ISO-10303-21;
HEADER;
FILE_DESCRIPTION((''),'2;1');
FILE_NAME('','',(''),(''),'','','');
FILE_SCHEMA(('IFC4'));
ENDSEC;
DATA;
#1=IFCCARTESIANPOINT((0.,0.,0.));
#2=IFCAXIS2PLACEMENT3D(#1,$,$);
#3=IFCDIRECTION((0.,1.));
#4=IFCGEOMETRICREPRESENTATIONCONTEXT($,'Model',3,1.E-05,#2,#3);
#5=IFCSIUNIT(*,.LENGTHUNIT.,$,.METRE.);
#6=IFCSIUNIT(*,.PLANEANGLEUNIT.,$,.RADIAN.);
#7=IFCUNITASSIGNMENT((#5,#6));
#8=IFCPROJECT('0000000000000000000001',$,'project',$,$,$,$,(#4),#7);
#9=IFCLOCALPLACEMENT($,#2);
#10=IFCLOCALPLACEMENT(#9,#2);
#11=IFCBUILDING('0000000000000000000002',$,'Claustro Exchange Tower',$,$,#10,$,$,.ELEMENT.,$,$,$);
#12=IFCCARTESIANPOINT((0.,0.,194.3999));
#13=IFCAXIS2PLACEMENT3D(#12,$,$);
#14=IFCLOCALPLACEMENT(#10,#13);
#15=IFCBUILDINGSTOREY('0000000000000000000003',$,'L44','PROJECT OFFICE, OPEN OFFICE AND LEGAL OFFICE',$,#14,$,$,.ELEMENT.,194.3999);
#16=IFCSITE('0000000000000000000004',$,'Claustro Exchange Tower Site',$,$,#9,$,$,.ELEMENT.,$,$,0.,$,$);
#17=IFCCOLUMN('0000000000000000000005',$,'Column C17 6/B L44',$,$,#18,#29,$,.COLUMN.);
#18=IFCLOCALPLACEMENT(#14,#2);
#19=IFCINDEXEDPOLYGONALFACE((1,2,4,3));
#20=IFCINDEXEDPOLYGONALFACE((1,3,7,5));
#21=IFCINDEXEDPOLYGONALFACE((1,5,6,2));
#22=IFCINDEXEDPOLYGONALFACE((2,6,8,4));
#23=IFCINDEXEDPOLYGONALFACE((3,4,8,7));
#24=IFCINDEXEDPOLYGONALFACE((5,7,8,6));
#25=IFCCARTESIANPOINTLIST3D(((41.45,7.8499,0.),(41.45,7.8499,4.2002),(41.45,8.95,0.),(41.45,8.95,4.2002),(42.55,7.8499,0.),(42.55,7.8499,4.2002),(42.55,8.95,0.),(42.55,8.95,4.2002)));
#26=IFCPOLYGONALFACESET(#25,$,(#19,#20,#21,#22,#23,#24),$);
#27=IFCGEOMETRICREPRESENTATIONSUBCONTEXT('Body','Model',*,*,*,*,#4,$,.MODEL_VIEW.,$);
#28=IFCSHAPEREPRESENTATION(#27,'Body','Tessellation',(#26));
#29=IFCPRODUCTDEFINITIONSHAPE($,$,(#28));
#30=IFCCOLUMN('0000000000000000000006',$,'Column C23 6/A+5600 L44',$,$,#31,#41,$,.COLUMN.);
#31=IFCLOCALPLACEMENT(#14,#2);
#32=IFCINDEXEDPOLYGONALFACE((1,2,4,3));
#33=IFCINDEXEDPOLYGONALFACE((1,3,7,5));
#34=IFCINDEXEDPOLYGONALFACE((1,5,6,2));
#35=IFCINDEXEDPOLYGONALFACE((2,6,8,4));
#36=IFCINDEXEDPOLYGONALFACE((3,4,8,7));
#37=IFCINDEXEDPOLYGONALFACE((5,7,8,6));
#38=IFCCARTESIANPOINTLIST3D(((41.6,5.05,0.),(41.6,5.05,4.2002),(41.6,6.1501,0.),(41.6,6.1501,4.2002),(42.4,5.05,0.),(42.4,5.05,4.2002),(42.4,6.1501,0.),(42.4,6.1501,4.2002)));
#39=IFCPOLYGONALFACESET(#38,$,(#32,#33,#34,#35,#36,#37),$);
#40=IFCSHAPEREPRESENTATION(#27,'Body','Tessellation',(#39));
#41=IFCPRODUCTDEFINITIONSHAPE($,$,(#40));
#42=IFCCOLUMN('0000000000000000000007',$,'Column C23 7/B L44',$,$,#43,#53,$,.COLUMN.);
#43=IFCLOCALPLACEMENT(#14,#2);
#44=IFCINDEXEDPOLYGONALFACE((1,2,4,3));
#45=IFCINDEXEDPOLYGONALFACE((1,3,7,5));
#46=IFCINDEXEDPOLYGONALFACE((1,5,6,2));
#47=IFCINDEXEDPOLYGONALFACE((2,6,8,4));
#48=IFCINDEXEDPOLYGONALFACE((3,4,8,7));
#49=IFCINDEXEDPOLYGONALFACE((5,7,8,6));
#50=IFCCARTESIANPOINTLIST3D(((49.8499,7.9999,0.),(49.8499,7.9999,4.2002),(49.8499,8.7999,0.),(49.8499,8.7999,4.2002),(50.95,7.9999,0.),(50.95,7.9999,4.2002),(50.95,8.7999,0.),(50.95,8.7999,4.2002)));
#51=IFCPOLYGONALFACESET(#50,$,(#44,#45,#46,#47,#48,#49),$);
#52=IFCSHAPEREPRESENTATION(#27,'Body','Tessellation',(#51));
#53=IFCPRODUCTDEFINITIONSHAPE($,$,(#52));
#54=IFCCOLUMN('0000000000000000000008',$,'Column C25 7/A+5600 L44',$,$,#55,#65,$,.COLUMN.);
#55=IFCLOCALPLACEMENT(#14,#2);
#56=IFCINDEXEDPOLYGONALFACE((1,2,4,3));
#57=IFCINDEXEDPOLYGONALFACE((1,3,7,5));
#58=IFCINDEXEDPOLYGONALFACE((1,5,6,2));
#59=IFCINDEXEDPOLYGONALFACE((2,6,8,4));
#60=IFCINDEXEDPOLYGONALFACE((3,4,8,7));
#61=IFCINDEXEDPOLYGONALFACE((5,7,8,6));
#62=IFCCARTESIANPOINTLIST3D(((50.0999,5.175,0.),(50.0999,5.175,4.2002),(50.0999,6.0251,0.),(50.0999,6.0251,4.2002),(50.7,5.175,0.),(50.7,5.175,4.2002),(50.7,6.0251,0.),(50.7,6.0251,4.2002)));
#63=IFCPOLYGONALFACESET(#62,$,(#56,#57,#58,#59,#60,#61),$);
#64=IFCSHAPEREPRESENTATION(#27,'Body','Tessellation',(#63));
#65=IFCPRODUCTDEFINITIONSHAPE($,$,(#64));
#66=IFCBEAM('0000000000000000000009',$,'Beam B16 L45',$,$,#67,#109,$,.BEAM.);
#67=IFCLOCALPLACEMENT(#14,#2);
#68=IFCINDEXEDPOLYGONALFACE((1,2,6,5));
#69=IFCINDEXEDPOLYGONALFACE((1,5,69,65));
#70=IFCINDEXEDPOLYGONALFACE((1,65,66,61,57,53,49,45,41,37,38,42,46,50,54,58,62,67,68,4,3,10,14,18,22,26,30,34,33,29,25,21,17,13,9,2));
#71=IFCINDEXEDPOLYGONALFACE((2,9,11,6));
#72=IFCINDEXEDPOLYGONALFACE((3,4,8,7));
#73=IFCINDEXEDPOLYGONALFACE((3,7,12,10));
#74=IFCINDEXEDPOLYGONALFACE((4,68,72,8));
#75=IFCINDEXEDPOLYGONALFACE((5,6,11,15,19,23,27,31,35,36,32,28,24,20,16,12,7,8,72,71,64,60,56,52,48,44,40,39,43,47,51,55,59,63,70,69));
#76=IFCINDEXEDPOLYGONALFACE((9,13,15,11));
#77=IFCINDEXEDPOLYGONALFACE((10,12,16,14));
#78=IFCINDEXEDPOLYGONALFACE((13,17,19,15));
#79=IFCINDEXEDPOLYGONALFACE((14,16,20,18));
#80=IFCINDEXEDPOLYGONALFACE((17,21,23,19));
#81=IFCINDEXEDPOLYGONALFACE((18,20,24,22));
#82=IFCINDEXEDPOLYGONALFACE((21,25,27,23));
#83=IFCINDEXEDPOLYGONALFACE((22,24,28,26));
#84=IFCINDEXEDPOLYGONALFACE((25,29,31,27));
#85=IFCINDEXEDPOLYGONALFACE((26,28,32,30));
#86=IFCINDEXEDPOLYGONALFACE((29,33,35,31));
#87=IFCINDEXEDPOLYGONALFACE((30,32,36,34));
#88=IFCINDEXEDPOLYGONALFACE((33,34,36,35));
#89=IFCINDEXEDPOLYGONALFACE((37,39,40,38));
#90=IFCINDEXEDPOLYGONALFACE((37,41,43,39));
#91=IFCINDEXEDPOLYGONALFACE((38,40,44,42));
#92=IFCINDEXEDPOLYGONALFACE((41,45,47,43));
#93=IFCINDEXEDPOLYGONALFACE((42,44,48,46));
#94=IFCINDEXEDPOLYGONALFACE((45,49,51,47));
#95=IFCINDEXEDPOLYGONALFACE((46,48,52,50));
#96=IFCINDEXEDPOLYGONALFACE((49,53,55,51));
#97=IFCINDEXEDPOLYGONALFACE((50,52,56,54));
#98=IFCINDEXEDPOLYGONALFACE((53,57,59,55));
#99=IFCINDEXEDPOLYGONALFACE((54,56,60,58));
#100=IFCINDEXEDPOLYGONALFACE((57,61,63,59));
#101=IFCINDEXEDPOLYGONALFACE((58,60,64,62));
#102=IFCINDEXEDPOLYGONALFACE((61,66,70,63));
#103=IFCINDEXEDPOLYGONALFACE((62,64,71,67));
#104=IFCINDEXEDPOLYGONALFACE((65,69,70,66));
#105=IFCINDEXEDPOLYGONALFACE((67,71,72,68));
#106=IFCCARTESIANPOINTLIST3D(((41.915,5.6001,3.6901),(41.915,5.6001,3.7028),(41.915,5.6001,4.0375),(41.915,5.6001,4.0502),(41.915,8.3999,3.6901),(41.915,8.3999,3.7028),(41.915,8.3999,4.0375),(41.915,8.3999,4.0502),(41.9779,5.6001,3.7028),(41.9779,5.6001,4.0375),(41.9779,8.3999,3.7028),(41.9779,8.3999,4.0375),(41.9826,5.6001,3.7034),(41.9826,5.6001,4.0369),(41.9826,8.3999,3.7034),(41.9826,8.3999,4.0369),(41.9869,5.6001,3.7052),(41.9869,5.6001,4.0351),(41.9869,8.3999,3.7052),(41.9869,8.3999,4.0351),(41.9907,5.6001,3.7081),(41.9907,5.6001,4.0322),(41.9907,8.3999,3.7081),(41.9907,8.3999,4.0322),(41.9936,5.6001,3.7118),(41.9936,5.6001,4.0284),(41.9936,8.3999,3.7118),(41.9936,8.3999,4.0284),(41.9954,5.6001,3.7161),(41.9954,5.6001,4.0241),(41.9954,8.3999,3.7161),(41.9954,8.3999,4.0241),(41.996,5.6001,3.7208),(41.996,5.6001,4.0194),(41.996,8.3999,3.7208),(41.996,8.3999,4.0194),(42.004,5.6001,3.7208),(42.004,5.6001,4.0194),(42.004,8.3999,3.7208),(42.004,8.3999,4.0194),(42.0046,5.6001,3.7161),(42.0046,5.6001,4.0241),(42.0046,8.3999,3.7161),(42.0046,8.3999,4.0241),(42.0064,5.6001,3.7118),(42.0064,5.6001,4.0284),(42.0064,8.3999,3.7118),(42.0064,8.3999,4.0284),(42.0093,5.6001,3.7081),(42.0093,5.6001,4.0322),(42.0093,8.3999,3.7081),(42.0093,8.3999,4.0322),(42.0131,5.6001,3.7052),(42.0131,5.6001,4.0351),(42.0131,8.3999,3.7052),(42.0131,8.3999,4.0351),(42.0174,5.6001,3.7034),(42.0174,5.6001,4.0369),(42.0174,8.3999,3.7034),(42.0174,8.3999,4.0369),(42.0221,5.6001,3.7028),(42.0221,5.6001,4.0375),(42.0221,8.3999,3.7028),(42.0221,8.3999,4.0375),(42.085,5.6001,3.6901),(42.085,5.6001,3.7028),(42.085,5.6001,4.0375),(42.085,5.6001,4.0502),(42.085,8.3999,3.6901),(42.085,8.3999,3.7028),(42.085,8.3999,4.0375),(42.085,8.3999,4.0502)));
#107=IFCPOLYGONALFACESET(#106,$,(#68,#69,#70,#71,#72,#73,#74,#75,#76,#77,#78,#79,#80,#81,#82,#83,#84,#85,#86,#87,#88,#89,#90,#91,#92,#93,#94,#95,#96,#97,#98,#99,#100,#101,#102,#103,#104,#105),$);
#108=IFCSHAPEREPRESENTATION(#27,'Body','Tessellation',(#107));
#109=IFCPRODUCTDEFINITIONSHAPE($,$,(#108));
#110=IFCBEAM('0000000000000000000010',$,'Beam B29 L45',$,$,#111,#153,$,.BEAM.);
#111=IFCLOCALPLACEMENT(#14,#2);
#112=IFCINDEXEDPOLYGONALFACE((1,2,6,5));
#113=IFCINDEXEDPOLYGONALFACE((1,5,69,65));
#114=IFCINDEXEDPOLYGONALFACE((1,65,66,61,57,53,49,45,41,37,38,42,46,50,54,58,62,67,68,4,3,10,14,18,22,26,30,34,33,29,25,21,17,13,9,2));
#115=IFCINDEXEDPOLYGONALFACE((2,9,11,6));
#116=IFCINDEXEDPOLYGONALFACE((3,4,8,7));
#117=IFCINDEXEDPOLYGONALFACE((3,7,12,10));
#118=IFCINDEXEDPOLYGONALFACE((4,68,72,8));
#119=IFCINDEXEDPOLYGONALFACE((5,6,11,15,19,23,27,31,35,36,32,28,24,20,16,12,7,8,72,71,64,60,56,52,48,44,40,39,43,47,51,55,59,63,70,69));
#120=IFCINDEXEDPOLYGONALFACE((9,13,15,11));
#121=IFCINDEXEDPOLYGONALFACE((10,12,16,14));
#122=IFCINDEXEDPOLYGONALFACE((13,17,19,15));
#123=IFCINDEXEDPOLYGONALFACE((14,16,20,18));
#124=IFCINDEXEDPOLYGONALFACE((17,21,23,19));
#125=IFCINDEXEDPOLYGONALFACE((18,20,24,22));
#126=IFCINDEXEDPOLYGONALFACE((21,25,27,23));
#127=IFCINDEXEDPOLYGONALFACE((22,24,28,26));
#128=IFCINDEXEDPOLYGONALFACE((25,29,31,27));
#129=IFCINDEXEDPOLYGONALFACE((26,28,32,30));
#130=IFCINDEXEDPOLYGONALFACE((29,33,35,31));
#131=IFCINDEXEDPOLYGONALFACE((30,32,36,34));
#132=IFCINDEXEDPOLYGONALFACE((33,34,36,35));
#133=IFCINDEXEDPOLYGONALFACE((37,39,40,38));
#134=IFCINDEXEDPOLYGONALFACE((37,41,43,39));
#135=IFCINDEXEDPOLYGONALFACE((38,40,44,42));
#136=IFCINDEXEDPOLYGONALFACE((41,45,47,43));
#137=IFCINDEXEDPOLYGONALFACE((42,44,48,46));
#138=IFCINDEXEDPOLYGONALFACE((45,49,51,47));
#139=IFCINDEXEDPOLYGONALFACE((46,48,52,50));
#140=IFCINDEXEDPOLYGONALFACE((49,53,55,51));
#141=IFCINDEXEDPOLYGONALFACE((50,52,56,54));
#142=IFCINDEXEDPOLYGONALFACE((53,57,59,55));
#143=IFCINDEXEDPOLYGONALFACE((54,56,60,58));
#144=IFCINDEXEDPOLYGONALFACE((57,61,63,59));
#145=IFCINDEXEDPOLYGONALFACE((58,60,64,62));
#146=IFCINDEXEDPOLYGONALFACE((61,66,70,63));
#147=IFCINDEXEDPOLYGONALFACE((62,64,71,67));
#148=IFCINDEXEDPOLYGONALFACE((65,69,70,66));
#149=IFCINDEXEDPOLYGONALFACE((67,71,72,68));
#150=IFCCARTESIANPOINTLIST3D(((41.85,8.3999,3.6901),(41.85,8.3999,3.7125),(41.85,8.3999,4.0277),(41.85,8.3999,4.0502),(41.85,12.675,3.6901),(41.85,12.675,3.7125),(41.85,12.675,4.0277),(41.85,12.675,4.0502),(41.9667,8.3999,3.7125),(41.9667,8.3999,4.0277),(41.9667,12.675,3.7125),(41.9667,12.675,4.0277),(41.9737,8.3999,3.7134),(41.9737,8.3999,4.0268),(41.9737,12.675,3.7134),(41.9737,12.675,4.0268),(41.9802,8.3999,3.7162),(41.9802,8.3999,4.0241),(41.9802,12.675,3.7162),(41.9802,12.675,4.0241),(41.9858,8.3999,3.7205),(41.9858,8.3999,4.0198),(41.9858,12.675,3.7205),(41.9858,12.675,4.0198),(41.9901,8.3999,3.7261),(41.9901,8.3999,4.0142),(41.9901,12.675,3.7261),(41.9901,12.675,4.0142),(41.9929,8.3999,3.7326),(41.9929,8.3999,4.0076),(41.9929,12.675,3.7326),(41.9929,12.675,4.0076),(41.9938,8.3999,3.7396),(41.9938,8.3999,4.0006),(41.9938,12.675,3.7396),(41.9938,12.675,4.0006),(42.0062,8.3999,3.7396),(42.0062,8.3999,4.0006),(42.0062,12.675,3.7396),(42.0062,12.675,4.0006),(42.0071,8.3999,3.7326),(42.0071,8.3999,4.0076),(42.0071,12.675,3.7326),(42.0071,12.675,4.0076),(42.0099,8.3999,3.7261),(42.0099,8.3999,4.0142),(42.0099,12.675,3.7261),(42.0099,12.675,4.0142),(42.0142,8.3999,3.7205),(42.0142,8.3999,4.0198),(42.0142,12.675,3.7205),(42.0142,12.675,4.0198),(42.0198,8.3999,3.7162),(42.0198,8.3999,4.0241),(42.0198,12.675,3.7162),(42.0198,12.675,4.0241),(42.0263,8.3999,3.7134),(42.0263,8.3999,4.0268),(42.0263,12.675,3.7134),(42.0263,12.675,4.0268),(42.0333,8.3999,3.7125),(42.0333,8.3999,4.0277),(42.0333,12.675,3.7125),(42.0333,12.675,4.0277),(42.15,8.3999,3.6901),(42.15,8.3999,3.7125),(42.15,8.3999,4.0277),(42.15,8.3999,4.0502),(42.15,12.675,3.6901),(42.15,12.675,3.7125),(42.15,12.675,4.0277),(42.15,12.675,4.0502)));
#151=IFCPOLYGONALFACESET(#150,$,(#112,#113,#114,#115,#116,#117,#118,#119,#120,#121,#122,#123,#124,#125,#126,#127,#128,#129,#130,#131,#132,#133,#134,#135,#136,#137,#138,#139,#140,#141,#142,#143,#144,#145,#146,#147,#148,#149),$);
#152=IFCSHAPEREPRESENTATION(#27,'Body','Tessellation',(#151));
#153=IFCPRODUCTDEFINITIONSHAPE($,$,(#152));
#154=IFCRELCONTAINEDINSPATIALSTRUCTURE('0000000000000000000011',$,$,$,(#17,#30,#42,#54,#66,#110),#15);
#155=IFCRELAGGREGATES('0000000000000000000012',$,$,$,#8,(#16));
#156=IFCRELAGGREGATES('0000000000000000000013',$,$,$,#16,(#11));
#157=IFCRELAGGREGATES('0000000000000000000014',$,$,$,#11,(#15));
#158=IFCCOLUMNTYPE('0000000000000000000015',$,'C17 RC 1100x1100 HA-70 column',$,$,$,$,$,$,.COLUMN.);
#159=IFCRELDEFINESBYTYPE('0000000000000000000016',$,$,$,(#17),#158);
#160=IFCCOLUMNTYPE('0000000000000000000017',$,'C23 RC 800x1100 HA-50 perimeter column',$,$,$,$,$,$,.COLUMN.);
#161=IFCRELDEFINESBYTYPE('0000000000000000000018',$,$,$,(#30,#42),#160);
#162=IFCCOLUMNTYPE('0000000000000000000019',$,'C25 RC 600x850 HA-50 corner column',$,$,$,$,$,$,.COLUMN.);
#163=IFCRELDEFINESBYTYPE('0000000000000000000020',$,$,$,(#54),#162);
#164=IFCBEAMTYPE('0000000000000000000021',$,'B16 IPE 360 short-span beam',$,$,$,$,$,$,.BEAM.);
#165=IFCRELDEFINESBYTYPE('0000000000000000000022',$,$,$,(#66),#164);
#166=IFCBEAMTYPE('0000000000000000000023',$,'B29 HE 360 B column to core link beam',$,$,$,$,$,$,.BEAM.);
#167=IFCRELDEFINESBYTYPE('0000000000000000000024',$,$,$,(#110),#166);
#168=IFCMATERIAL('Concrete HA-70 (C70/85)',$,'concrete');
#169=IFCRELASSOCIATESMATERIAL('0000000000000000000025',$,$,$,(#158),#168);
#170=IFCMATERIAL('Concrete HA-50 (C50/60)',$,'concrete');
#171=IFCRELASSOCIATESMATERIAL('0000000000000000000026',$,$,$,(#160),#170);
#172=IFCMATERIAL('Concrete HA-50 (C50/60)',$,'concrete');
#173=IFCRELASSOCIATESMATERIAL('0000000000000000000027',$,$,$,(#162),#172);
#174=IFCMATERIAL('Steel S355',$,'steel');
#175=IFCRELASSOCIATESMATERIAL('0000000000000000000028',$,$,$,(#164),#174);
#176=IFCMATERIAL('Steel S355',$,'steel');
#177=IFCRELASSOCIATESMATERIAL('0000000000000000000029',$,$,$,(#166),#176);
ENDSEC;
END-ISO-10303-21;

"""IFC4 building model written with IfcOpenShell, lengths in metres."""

from ifc_helpers import new_model, si_unit, direction, frame, origin, origin_2d, place, context, subcontext, project, spatial, rectangle, i_section, extrude, material, material_profile, profile_set, type_object, element, save


model = new_model("IFC4")

# Units and contexts
model_context = context("Model", 3, precision=1e-05, world=origin(), true_north=direction((0.0, 1.0)))
body_context = subcontext(model_context, "Body", "Model", "MODEL_VIEW")
ifc_project = project(units=[si_unit("LENGTHUNIT", "METRE"), si_unit("PLANEANGLEUNIT", "RADIAN")], contexts=[model_context])

# Site, building, storey
site_placement = place(None, origin())
site = spatial("IfcSite", under=ifc_project, at=site_placement, Name="Claustro Exchange Tower Site", CompositionType="ELEMENT", RefElevation=0.0)
building_placement = place(site_placement, origin())
building = spatial("IfcBuilding", under=site, at=building_placement, Name="Claustro Exchange Tower", CompositionType="ELEMENT")
storey_placement = place(building_placement, frame((0.0, 0.0, 194.3999)))
storey = spatial("IfcBuildingStorey", under=building, at=storey_placement, Name="L44", Description="PROJECT OFFICE, OPEN OFFICE AND LEGAL OFFICE", CompositionType="ELEMENT", Elevation=194.3999)

# Columns
ifc_material_1 = material(Name="Concrete HA-70 (C70/85)", Category="concrete")
ifc_material_profile_1 = material_profile(ifc_material_1, rectangle(XDim=1.1001, YDim=1.1001, at=origin_2d()), Name="RC 1100x1100")
ifc_profile_set_1 = profile_set([ifc_material_profile_1], Name="Concrete HA-70 (C70/85)")
column_type_1 = type_object("IfcColumnType", Name="C17 RC 1100x1100 HA-70 column", PredefinedType="COLUMN", material=ifc_profile_set_1)
column_1_placement = place(storey_placement, frame((42.0, 8.3999, 0.0), z_axis=(0.0, 0.0, 1.0), x_axis=(1.0, 0.0, 0.0)))
element("IfcColumn", 1, at=column_1_placement, inside=storey, type_object=column_type_1, Name="Column C17 6/B L44", PredefinedType="COLUMN", context=body_context, shape_type="SweptSolid", body=[
    extrude(rectangle(XDim=1.1001, YDim=1.1001, at=origin_2d()), origin(), (0.0, 0.0, 1.0), 4.2002),
])
ifc_material_2 = material(Name="Concrete HA-50 (C50/60)", Category="concrete")
ifc_material_profile_2 = material_profile(ifc_material_2, rectangle(XDim=0.8, YDim=1.1001, at=origin_2d()), Name="RC 800x1100")
ifc_profile_set_2 = profile_set([ifc_material_profile_2], Name="Concrete HA-50 (C50/60)")
column_type_2 = type_object("IfcColumnType", Name="C23 RC 800x1100 HA-50 perimeter column", PredefinedType="COLUMN", material=ifc_profile_set_2)
for number, where, z_axis, x_axis, name in (
    (2, (42.0, 5.6001, 0.0), (0.0, 0.0, 1.0), (1.0, 0.0, 0.0), "Column C23 6/A+5600 L44"),
    (3, (50.3999, 8.3999, 0.0), (0.0, 0.0, 1.0), (0.0, 1.0, 0.0), "Column C23 7/B L44"),
):
    element("IfcColumn", number, at=place(storey_placement, frame(where, z_axis=z_axis, x_axis=x_axis)), inside=storey, type_object=column_type_2, Name=name, PredefinedType="COLUMN", context=body_context, shape_type="SweptSolid", body=[
        extrude(rectangle(XDim=0.8, YDim=1.1001, at=origin_2d()), origin(), (0.0, 0.0, 1.0), 4.2002),
    ])
ifc_material_3 = material(Name="Concrete HA-50 (C50/60)", Category="concrete")
ifc_material_profile_3 = material_profile(ifc_material_3, rectangle(XDim=0.6001, YDim=0.8501, at=origin_2d()), Name="RC 600x850")
ifc_profile_set_3 = profile_set([ifc_material_profile_3], Name="Concrete HA-50 (C50/60)")
column_type_3 = type_object("IfcColumnType", Name="C25 RC 600x850 HA-50 corner column", PredefinedType="COLUMN", material=ifc_profile_set_3)
column_2_placement = place(storey_placement, frame((50.3999, 5.6001, 0.0), z_axis=(0.0, 0.0, 1.0), x_axis=(1.0, 0.0, 0.0)))
element("IfcColumn", 4, at=column_2_placement, inside=storey, type_object=column_type_3, Name="Column C25 7/A+5600 L44", PredefinedType="COLUMN", context=body_context, shape_type="SweptSolid", body=[
    extrude(rectangle(XDim=0.6001, YDim=0.8501, at=origin_2d()), origin(), (0.0, 0.0, 1.0), 4.2002),
])

# Beams
ifc_material_4 = material(Name="Steel S355", Category="steel")
ifc_material_profile_4 = material_profile(ifc_material_4, i_section(OverallWidth=0.1699, OverallDepth=0.3601, WebThickness=0.0081, FlangeThickness=0.0127, FilletRadius=0.0181, at=origin_2d()), Name="IPE 360")
ifc_profile_set_4 = profile_set([ifc_material_profile_4], Name="Steel S355")
beam_type_1 = type_object("IfcBeamType", Name="B16 IPE 360 short-span beam", PredefinedType="BEAM", material=ifc_profile_set_4)
beam_1_placement = place(storey_placement, frame((42.0, 5.6001, 3.8701), z_axis=(0.0, 1.0, 0.0), x_axis=(-1.0, 0.0, 0.0)))
element("IfcBeam", 5, at=beam_1_placement, inside=storey, type_object=beam_type_1, Name="Beam B16 L45", PredefinedType="BEAM", context=body_context, shape_type="SweptSolid", body=[
    extrude(i_section(OverallWidth=0.1699, OverallDepth=0.3601, WebThickness=0.0081, FlangeThickness=0.0127, FilletRadius=0.0181, at=origin_2d()), origin(), (0.0, 0.0, 1.0), 2.7998),
])
ifc_material_5 = material(Name="Steel S355", Category="steel")
ifc_material_profile_5 = material_profile(ifc_material_5, i_section(OverallWidth=0.3, OverallDepth=0.3601, WebThickness=0.0125, FlangeThickness=0.0225, FilletRadius=0.0271, at=origin_2d()), Name="HE 360 B")
ifc_profile_set_5 = profile_set([ifc_material_profile_5], Name="Steel S355")
beam_type_2 = type_object("IfcBeamType", Name="B29 HE 360 B column to core link beam", PredefinedType="BEAM", material=ifc_profile_set_5)
beam_2_placement = place(storey_placement, frame((42.0, 8.3999, 3.8701), z_axis=(0.0, 1.0, 0.0), x_axis=(-1.0, 0.0, 0.0)))
element("IfcBeam", 6, at=beam_2_placement, inside=storey, type_object=beam_type_2, Name="Beam B29 L45", PredefinedType="BEAM", context=body_context, shape_type="SweptSolid", body=[
    extrude(i_section(OverallWidth=0.3, OverallDepth=0.3601, WebThickness=0.0125, FlangeThickness=0.0225, FilletRadius=0.0271, at=origin_2d()), origin(), (0.0, 0.0, 1.0), 4.2751),
])

save(model, "model.ifc")
